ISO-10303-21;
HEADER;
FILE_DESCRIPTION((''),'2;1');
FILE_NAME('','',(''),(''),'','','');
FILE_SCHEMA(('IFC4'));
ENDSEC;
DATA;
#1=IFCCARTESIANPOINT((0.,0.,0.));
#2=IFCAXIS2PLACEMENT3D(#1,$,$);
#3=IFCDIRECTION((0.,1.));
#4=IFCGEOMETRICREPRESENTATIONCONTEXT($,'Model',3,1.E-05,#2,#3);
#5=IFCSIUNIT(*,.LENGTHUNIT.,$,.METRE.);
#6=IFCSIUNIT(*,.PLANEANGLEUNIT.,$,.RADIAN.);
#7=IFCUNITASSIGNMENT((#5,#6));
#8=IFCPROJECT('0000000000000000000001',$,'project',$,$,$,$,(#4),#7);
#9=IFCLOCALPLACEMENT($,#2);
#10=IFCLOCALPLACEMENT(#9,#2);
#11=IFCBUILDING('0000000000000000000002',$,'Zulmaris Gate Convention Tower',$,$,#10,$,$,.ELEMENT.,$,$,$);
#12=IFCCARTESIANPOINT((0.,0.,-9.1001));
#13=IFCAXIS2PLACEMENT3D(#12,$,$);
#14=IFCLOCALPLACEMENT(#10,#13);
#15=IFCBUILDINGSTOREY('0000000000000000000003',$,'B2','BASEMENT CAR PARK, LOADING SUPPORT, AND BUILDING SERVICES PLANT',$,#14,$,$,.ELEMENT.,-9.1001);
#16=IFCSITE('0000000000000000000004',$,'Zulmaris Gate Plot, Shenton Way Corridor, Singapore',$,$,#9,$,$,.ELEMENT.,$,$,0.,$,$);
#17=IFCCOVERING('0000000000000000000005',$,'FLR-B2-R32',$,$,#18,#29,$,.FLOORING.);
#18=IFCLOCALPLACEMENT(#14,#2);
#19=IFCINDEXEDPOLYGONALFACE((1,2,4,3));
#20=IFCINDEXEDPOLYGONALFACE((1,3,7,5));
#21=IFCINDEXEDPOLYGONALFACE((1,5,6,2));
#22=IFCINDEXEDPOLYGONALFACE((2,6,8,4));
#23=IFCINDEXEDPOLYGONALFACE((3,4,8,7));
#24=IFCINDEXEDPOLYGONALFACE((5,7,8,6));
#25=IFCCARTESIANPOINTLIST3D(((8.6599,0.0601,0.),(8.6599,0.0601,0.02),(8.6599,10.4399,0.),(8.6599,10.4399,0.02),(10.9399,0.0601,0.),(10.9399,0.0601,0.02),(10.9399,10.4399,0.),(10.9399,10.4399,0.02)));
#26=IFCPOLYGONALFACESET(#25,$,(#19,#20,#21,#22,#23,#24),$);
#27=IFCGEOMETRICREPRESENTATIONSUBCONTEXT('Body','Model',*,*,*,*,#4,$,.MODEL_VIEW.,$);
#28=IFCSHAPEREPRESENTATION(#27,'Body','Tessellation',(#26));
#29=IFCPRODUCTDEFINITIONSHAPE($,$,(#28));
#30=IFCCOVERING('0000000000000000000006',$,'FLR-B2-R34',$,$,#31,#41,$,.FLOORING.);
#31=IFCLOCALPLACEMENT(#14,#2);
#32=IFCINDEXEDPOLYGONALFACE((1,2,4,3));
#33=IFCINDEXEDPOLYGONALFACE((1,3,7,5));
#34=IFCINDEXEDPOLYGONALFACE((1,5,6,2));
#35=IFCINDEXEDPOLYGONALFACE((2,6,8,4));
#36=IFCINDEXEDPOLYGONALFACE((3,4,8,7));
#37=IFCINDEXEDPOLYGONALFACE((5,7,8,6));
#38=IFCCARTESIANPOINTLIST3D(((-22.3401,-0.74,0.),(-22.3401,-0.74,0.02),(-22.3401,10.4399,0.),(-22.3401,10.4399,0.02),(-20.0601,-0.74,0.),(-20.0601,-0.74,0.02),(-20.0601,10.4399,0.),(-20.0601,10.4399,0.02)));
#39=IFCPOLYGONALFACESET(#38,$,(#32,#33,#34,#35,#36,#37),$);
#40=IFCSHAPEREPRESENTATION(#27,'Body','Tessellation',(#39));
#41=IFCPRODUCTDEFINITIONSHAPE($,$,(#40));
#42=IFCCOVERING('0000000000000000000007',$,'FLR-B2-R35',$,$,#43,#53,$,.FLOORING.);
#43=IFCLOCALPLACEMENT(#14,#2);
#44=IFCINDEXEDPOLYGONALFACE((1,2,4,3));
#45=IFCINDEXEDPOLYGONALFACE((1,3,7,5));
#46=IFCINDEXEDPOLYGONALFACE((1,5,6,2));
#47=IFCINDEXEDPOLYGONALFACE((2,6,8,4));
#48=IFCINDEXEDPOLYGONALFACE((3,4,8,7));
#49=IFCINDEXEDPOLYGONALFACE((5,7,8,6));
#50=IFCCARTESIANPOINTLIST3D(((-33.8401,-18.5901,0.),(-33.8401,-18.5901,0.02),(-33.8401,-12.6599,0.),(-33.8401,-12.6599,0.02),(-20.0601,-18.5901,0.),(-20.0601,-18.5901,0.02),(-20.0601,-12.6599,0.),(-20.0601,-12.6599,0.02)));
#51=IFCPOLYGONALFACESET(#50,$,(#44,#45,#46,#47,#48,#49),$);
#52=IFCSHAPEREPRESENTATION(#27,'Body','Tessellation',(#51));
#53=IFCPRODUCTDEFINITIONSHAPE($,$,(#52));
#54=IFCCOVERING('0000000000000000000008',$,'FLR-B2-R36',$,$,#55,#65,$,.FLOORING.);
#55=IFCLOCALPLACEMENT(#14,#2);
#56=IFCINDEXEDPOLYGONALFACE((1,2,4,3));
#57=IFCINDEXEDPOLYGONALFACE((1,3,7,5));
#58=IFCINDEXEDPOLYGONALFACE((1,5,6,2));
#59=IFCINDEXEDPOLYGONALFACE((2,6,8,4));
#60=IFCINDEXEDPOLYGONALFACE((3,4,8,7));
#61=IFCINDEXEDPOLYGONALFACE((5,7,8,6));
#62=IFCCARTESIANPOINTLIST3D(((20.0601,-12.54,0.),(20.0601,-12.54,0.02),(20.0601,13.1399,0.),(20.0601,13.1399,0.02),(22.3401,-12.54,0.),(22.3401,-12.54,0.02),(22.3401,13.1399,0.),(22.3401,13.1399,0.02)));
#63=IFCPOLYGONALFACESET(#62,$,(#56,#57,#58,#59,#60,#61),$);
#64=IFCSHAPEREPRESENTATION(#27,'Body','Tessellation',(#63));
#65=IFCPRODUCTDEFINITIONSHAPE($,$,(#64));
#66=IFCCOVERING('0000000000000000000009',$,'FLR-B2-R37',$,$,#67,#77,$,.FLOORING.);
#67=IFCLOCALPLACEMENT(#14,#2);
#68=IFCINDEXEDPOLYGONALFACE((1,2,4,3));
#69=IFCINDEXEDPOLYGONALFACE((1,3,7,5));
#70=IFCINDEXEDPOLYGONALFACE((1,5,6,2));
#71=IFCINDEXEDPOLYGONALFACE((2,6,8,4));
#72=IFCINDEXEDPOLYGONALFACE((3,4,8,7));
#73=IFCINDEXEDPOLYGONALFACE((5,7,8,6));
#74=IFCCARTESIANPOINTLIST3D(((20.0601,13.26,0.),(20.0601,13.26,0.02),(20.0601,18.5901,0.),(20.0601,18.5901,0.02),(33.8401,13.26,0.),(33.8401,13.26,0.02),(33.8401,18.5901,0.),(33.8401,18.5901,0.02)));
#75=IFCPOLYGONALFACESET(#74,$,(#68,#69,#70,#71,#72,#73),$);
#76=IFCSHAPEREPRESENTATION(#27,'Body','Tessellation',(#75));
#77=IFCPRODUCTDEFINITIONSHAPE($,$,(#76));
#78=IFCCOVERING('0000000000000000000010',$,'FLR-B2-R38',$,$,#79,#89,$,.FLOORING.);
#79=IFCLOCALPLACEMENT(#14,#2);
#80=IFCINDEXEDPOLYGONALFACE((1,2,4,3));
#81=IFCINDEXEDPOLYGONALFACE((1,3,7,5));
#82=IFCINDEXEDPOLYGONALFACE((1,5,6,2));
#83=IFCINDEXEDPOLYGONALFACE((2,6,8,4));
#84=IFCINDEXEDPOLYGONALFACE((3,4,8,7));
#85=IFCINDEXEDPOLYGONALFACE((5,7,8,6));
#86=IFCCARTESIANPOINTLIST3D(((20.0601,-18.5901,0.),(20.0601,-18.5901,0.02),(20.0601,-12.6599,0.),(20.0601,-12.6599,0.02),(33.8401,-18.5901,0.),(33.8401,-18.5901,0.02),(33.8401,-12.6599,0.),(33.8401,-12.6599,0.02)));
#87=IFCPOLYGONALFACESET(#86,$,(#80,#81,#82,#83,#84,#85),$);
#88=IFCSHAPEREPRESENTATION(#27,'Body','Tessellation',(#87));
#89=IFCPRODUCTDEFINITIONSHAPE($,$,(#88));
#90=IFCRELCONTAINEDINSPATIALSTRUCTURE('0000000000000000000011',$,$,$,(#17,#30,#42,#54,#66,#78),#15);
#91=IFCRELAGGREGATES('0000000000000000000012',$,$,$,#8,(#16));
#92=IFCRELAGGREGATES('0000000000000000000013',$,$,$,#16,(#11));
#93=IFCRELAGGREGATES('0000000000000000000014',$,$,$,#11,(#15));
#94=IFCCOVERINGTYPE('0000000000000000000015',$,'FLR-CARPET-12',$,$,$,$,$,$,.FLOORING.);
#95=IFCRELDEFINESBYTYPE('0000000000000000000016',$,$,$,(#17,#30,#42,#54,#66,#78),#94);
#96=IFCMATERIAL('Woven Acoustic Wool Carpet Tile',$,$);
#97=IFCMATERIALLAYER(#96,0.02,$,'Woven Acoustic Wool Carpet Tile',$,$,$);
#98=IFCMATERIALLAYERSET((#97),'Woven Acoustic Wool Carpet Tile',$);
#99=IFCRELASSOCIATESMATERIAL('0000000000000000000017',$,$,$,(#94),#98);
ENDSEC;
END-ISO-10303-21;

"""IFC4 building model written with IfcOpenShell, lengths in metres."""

from ifc_helpers import new_model, si_unit, direction, frame, origin, place, context, subcontext, project, spatial, polyline, outline, extrude, material, layer, layer_set, type_object, element, save


model = new_model("IFC4")

# Units and contexts
model_context = context("Model", 3, precision=1e-05, world=origin(), true_north=direction((0.0, 1.0)))
body_context = subcontext(model_context, "Body", "Model", "MODEL_VIEW")
ifc_project = project(units=[si_unit("LENGTHUNIT", "METRE"), si_unit("PLANEANGLEUNIT", "RADIAN")], contexts=[model_context])

# Site, building, storey
site_placement = place(None, origin())
site = spatial("IfcSite", under=ifc_project, at=site_placement, Name="Zulmaris Gate Plot, Shenton Way Corridor, Singapore", CompositionType="ELEMENT", RefElevation=0.0)
building_placement = place(site_placement, origin())
building = spatial("IfcBuilding", under=site, at=building_placement, Name="Zulmaris Gate Convention Tower", CompositionType="ELEMENT")
storey_placement = place(building_placement, frame((0.0, 0.0, -9.1001)))
storey = spatial("IfcBuildingStorey", under=building, at=storey_placement, Name="B2", Description="BASEMENT CAR PARK, LOADING SUPPORT, AND BUILDING SERVICES PLANT", CompositionType="ELEMENT", Elevation=-9.1001)

# Coverings
ifc_material_1 = material(Name="Woven Acoustic Wool Carpet Tile")
ifc_layer_1 = layer(ifc_material_1, 0.02, Name="Woven Acoustic Wool Carpet Tile")
ifc_layer_set_1 = layer_set([ifc_layer_1], Name="Woven Acoustic Wool Carpet Tile")
covering_type_1 = type_object("IfcCoveringType", Name="FLR-CARPET-12", PredefinedType="FLOORING", material=ifc_layer_set_1)
covering_1_placement = place(storey_placement, origin())
element("IfcCovering", 1, at=covering_1_placement, inside=storey, type_object=covering_type_1, Name="FLR-B2-R32", PredefinedType="FLOORING", context=body_context, shape_type="SweptSolid", body=[
    extrude(outline(polyline([(8.6599, 0.0601), (10.9399, 0.0601), (10.9399, 10.4399), (8.6599, 10.4399), (8.6599, 0.0601)])), origin(), (0.0, 0.0, 1.0), 0.02),
])
covering_2_placement = place(storey_placement, origin())
element("IfcCovering", 2, at=covering_2_placement, inside=storey, type_object=covering_type_1, Name="FLR-B2-R34", PredefinedType="FLOORING", context=body_context, shape_type="SweptSolid", body=[
    extrude(outline(polyline([(-22.3401, -0.74), (-20.0601, -0.74), (-20.0601, 10.4399), (-22.3401, 10.4399), (-22.3401, -0.74)])), origin(), (0.0, 0.0, 1.0), 0.02),
])
covering_3_placement = place(storey_placement, origin())
element("IfcCovering", 3, at=covering_3_placement, inside=storey, type_object=covering_type_1, Name="FLR-B2-R35", PredefinedType="FLOORING", context=body_context, shape_type="SweptSolid", body=[
    extrude(outline(polyline([(-33.8401, -18.5901), (-20.0601, -18.5901), (-20.0601, -12.6599), (-33.8401, -12.6599), (-33.8401, -18.5901)])), origin(), (0.0, 0.0, 1.0), 0.02),
])
covering_4_placement = place(storey_placement, origin())
element("IfcCovering", 4, at=covering_4_placement, inside=storey, type_object=covering_type_1, Name="FLR-B2-R36", PredefinedType="FLOORING", context=body_context, shape_type="SweptSolid", body=[
    extrude(outline(polyline([(20.0601, -12.54), (22.3401, -12.54), (22.3401, 13.1399), (20.0601, 13.1399), (20.0601, -12.54)])), origin(), (0.0, 0.0, 1.0), 0.02),
])
covering_5_placement = place(storey_placement, origin())
element("IfcCovering", 5, at=covering_5_placement, inside=storey, type_object=covering_type_1, Name="FLR-B2-R37", PredefinedType="FLOORING", context=body_context, shape_type="SweptSolid", body=[
    extrude(outline(polyline([(20.0601, 13.26), (33.8401, 13.26), (33.8401, 18.5901), (20.0601, 18.5901), (20.0601, 13.26)])), origin(), (0.0, 0.0, 1.0), 0.02),
])
covering_6_placement = place(storey_placement, origin())
element("IfcCovering", 6, at=covering_6_placement, inside=storey, type_object=covering_type_1, Name="FLR-B2-R38", PredefinedType="FLOORING", context=body_context, shape_type="SweptSolid", body=[
    extrude(outline(polyline([(20.0601, -18.5901), (33.8401, -18.5901), (33.8401, -12.6599), (20.0601, -12.6599), (20.0601, -18.5901)])), origin(), (0.0, 0.0, 1.0), 0.02),
])

save(model, "model.ifc")
